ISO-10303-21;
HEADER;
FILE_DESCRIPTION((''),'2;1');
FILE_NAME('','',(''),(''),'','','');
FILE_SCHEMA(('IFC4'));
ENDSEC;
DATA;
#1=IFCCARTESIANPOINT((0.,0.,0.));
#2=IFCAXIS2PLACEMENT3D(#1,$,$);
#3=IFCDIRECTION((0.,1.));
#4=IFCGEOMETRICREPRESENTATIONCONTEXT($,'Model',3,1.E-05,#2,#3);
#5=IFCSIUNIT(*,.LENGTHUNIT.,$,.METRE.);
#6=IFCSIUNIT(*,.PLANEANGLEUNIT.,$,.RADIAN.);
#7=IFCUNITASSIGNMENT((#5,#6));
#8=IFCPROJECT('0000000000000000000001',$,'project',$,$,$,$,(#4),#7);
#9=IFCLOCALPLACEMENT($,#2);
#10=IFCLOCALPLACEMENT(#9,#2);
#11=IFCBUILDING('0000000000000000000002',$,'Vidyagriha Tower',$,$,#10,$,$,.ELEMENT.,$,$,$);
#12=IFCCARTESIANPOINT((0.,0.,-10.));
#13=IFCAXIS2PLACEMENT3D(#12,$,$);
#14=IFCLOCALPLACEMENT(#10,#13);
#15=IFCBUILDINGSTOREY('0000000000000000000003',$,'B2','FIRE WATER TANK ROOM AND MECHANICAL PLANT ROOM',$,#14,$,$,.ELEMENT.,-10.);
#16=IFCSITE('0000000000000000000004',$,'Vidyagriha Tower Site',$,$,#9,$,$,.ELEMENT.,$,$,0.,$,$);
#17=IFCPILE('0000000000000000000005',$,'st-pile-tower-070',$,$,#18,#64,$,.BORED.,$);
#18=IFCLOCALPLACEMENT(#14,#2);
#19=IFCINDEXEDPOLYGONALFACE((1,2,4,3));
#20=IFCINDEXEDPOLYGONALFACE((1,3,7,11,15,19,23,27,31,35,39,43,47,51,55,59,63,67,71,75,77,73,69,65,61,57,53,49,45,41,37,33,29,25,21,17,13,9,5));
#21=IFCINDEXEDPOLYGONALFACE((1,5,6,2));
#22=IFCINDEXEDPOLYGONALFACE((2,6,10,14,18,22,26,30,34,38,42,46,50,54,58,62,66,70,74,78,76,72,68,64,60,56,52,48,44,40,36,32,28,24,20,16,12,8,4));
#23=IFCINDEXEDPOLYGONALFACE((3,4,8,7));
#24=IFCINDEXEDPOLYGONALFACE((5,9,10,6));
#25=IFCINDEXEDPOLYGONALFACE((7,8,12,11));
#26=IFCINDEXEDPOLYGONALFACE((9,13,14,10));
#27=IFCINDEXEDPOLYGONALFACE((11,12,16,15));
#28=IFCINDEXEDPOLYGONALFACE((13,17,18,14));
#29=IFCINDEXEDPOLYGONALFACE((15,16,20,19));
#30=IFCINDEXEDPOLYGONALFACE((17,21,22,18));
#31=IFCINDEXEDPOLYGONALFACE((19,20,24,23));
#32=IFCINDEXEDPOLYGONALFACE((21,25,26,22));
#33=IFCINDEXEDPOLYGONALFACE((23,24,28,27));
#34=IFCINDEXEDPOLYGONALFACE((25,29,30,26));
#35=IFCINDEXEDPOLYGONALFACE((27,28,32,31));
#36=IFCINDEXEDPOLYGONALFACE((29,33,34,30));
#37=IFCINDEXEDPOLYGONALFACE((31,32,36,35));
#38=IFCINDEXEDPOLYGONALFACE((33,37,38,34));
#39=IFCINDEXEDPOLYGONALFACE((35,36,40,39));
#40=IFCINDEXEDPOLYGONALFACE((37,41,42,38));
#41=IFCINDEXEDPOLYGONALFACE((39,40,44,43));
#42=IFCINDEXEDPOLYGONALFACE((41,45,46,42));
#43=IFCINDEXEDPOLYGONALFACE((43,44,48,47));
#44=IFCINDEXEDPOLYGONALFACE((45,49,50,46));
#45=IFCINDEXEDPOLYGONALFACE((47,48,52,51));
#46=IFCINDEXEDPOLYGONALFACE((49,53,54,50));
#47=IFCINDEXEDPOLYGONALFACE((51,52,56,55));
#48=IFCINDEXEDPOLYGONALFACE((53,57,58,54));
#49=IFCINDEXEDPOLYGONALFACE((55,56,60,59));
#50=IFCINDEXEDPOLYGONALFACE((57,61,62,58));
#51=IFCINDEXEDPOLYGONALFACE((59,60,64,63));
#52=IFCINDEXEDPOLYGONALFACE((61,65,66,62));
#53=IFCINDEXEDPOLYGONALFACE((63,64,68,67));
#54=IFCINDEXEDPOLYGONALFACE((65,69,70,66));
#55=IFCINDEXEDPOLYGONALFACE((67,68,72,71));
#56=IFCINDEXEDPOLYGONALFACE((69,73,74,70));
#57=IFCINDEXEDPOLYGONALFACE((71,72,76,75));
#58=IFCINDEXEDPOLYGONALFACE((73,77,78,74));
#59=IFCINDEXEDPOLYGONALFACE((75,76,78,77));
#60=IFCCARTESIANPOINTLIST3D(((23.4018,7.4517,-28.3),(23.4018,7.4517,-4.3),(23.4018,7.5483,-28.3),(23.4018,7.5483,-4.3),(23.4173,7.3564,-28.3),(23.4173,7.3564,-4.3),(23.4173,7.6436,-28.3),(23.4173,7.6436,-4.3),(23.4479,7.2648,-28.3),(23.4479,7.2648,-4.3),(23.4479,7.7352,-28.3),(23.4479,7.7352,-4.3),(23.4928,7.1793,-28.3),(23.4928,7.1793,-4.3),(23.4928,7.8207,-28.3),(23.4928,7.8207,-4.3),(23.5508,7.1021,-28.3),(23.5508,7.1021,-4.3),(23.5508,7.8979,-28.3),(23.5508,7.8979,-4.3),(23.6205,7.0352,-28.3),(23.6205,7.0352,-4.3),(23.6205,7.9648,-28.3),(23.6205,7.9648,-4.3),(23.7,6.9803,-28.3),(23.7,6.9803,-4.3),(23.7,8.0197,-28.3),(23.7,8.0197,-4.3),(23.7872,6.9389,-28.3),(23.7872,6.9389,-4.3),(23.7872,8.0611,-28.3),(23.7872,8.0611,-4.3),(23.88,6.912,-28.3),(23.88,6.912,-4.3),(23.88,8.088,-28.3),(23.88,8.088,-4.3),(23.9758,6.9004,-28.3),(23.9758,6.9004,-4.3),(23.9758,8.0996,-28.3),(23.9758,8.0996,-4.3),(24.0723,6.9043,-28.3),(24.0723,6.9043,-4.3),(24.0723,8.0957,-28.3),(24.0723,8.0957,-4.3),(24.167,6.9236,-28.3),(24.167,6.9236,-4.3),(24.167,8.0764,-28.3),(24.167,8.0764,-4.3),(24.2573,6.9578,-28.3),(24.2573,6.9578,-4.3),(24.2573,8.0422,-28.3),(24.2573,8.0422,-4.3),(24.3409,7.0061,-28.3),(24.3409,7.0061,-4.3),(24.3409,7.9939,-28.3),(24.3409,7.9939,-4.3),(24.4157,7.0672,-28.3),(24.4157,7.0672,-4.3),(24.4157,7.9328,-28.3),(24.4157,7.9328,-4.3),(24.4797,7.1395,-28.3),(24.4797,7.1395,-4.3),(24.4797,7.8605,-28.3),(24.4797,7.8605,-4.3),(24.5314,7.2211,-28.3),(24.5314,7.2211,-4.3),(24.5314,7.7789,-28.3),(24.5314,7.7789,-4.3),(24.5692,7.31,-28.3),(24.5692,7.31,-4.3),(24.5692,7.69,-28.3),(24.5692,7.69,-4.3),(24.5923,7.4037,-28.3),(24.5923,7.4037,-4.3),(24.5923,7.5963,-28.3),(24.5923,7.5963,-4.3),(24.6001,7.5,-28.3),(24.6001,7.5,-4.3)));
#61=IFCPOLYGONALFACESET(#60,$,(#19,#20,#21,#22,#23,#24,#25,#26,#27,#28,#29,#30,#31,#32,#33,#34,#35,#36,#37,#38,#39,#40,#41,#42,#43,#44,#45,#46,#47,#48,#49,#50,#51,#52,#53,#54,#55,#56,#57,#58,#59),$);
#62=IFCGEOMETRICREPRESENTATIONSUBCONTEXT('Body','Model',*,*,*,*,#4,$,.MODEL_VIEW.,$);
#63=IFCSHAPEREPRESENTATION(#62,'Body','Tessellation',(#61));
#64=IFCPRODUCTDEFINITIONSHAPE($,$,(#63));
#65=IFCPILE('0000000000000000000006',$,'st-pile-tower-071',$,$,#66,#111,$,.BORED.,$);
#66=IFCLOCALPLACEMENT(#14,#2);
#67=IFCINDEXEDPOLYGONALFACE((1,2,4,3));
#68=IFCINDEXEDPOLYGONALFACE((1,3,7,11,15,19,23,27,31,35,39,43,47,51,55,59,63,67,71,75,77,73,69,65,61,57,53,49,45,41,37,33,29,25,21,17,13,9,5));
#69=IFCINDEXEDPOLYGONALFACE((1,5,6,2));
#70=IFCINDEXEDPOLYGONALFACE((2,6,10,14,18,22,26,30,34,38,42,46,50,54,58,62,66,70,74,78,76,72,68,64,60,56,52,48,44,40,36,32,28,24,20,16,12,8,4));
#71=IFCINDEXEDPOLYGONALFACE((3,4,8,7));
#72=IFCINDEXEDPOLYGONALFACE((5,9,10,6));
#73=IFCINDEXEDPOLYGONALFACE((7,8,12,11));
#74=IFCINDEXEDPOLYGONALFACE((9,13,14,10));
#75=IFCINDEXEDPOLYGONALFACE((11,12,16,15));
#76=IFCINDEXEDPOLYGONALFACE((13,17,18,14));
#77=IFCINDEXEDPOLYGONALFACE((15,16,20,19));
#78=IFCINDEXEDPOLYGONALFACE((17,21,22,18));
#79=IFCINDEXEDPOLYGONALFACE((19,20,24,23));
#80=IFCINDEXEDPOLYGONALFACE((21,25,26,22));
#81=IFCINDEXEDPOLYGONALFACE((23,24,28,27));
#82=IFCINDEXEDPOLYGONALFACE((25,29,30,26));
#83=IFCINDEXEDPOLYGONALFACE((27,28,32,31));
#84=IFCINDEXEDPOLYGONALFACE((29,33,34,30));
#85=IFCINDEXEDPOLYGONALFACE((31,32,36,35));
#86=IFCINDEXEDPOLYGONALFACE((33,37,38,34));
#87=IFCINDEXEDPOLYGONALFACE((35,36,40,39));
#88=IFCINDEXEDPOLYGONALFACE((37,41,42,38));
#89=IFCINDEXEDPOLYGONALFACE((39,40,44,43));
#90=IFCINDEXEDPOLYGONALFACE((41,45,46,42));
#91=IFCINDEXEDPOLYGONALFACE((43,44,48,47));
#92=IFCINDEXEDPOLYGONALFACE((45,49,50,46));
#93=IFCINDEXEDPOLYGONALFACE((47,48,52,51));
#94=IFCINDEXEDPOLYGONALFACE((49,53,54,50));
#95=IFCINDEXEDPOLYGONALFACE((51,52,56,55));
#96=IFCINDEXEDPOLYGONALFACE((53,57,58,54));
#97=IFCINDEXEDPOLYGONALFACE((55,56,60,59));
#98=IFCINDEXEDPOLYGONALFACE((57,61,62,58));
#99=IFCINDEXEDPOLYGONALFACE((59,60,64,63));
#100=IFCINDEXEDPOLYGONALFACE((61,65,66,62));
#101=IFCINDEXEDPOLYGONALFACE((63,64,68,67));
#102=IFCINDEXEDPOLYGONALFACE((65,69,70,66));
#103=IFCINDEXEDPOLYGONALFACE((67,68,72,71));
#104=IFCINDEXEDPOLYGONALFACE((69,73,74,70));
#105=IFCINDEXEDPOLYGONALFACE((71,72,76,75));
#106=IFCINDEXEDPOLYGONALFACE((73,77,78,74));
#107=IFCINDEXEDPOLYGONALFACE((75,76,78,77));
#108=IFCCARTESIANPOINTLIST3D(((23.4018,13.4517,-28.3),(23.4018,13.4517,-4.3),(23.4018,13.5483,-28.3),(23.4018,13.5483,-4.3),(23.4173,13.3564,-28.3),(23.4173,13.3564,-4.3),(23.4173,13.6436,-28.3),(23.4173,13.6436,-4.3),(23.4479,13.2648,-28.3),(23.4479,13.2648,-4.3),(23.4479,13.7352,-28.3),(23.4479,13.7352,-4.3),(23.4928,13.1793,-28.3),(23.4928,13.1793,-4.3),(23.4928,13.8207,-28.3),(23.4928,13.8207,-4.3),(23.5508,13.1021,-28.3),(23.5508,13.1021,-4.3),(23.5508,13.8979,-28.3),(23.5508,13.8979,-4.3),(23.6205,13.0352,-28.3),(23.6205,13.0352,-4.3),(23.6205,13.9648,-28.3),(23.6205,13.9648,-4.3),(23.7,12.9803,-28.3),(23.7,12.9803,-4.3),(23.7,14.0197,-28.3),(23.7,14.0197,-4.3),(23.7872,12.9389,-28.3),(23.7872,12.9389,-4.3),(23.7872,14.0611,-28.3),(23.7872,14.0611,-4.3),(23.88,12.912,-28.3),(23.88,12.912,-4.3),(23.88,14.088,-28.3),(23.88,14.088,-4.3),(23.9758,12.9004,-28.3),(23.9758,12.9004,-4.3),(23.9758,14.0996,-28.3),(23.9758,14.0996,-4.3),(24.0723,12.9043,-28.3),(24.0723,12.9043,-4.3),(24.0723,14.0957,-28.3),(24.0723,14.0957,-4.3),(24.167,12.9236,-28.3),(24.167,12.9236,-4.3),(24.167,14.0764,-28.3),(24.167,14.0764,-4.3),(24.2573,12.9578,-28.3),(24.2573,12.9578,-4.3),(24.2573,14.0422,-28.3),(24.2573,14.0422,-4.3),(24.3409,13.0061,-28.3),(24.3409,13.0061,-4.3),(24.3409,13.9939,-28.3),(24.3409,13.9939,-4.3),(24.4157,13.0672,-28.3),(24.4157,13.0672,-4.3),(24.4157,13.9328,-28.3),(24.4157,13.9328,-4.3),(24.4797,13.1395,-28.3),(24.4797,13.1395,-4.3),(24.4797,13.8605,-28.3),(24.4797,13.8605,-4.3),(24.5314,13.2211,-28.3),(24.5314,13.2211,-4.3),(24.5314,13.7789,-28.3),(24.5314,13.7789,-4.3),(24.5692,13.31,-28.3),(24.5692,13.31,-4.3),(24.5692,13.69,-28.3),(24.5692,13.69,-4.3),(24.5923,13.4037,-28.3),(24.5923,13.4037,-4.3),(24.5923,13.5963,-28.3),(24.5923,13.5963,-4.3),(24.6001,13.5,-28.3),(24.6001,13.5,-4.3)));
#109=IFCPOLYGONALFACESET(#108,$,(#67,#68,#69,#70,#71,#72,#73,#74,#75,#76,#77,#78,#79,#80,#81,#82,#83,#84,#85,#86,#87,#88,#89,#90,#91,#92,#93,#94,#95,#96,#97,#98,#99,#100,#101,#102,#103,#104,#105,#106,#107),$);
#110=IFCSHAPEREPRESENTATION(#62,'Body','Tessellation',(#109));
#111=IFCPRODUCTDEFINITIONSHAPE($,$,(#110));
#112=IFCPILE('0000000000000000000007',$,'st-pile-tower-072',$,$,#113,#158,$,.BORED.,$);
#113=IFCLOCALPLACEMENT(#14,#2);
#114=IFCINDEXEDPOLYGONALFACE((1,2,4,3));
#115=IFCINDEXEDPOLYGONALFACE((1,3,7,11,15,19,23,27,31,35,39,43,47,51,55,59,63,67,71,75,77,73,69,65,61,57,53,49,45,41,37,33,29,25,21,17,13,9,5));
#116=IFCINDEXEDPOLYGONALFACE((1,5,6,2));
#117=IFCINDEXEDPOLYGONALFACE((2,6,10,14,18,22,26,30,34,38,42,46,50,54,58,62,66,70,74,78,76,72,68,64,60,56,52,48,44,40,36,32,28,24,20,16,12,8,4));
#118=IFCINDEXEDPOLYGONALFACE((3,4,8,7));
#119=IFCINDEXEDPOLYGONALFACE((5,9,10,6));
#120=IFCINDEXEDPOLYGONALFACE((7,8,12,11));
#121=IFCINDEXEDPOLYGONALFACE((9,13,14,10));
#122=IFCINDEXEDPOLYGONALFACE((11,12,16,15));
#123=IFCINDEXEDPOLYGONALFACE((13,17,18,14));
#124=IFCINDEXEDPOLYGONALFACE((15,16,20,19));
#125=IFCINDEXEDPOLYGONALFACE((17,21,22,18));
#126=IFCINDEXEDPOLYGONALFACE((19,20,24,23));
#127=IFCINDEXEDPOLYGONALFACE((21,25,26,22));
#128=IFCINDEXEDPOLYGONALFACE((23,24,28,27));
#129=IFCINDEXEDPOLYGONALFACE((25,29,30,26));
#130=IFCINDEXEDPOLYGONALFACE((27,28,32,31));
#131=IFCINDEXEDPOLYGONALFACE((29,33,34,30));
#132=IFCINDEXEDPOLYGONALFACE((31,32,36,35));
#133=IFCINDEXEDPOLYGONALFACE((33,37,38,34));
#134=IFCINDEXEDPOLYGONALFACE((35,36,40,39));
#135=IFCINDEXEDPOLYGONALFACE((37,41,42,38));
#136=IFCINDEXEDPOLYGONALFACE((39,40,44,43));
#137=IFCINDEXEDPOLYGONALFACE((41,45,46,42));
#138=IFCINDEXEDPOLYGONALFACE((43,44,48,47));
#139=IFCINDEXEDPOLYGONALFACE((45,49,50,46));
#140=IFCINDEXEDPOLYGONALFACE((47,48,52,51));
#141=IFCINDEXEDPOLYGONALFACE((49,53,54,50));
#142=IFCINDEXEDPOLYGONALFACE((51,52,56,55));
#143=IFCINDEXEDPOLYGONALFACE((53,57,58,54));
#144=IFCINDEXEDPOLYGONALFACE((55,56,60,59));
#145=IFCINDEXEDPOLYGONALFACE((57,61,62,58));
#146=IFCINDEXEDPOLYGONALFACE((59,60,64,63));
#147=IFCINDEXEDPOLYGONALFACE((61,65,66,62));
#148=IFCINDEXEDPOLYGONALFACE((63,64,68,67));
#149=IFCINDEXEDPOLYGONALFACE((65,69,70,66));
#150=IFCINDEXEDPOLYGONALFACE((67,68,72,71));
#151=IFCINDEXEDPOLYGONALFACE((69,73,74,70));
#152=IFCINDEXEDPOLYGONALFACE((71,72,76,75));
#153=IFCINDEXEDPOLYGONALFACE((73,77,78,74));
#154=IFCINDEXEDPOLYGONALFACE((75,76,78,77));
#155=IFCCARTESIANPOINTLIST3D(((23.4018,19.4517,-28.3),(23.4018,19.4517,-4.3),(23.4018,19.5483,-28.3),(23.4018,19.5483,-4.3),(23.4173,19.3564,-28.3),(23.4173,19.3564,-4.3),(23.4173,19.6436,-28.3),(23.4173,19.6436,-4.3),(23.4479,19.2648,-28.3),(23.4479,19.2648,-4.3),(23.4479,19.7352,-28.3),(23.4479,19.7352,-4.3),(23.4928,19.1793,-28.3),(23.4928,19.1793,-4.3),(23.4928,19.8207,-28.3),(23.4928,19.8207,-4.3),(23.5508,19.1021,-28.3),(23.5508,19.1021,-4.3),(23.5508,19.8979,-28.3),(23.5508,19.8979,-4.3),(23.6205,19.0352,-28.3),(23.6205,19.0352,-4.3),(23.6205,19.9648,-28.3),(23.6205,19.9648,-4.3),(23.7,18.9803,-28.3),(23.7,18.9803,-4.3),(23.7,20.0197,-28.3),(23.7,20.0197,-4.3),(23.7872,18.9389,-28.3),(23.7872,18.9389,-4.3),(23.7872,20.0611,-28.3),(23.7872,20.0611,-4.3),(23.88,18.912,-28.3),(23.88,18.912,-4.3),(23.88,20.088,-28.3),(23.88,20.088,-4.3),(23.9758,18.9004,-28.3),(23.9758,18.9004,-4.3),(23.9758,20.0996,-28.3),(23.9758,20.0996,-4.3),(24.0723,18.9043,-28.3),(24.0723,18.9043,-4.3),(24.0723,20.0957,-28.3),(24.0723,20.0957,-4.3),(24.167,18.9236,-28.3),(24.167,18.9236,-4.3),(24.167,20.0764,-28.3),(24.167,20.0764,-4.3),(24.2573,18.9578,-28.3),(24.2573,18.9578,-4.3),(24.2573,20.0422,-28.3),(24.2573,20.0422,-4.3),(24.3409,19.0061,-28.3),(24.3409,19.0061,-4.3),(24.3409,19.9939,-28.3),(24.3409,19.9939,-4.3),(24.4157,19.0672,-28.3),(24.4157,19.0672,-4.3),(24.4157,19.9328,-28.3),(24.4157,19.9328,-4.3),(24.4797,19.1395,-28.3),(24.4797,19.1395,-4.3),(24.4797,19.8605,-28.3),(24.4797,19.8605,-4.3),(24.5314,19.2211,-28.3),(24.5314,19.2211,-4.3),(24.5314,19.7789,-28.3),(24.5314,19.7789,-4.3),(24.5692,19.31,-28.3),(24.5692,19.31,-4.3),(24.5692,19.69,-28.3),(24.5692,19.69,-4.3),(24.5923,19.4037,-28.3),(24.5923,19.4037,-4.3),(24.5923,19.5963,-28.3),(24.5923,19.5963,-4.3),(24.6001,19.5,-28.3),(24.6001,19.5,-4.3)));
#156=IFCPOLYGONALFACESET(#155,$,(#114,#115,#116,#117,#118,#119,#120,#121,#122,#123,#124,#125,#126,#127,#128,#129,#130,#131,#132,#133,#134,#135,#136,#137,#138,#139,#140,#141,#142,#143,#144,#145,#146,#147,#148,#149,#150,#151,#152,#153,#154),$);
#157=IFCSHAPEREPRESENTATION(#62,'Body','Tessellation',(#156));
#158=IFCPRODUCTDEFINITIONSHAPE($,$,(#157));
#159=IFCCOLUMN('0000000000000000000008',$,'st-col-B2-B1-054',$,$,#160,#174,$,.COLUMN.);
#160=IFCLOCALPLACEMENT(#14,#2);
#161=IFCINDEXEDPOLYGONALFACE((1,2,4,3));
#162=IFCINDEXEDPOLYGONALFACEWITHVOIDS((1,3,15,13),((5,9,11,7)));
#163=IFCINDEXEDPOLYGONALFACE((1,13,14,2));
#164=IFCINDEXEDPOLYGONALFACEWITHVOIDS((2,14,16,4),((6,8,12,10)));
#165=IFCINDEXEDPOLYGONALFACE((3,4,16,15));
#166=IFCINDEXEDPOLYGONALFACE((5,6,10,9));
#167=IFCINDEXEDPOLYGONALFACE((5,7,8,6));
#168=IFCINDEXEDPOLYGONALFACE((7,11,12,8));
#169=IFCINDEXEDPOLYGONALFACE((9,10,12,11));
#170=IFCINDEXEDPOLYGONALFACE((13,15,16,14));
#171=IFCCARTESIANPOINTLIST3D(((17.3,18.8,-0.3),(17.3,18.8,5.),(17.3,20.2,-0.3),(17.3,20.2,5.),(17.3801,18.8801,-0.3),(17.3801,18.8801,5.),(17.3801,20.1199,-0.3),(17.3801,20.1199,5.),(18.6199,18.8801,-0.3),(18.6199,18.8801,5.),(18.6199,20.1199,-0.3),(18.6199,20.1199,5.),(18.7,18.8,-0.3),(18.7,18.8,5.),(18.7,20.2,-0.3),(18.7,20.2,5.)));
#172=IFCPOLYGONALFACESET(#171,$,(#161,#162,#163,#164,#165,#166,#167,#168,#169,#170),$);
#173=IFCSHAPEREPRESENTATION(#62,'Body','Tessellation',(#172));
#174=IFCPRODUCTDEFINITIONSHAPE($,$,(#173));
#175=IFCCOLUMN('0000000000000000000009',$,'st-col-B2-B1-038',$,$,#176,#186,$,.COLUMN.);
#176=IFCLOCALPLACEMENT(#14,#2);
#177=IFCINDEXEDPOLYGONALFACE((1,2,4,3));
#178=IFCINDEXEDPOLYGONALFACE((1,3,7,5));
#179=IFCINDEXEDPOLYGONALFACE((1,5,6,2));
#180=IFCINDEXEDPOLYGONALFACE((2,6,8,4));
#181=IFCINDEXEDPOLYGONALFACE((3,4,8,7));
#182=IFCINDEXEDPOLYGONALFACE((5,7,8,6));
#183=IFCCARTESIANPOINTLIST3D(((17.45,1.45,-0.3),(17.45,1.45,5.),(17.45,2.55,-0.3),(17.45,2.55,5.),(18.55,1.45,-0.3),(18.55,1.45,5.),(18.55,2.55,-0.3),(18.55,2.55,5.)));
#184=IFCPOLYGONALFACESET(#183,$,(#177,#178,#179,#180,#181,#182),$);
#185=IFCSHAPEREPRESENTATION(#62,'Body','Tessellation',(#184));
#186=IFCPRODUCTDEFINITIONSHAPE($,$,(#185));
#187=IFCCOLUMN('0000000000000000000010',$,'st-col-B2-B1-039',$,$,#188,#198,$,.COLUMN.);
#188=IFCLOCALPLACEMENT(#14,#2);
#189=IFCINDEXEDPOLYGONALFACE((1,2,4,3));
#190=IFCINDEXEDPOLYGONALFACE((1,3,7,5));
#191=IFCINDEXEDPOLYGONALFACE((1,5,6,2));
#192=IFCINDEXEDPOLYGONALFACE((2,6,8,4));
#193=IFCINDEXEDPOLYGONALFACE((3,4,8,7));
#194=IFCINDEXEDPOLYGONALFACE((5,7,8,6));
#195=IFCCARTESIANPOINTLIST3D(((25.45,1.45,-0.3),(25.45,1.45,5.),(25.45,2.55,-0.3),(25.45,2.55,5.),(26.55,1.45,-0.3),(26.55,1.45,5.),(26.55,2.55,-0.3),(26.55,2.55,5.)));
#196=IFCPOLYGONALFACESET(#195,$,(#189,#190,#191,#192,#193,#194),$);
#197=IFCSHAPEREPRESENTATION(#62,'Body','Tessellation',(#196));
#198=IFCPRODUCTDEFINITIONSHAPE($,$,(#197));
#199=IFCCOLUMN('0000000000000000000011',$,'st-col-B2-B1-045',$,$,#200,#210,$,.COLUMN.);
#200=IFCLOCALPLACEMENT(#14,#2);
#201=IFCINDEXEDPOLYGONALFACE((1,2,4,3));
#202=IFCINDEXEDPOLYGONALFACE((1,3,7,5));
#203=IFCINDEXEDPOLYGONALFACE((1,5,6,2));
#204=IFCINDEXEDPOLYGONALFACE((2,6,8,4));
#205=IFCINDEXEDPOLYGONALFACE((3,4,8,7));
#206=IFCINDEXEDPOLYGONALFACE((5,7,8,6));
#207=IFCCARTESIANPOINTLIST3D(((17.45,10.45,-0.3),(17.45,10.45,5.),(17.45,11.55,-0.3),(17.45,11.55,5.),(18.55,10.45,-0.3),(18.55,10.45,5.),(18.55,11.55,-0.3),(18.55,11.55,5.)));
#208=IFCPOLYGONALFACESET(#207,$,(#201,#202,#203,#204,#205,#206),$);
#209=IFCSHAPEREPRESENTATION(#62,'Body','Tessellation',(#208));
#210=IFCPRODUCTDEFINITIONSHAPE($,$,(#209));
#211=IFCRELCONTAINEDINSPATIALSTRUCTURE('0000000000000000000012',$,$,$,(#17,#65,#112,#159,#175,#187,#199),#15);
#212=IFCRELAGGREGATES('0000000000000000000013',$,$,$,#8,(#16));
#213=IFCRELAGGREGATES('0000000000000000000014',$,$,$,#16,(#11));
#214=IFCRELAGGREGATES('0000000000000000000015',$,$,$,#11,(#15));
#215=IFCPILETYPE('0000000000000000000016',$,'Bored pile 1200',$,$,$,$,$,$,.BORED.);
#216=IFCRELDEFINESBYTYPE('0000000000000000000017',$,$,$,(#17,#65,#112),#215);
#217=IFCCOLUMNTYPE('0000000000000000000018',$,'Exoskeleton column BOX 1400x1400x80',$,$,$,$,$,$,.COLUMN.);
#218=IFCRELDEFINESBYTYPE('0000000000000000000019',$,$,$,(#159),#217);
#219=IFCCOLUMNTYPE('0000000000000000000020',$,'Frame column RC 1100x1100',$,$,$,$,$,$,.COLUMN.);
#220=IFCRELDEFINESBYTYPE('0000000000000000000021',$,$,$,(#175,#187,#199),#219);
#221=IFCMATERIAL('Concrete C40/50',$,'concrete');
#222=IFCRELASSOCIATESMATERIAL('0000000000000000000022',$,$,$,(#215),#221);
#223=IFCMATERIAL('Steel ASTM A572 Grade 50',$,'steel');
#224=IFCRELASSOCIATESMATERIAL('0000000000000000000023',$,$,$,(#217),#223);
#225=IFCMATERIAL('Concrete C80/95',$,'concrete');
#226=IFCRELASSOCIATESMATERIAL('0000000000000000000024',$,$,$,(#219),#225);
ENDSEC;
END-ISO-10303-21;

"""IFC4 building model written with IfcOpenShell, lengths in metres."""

from ifc_helpers import new_model, si_unit, direction, frame, origin, origin_2d, place, context, subcontext, project, spatial, rectangle, hollow_rectangle, circle, extrude, material, material_profile, profile_set, type_object, element, save


model = new_model("IFC4")

# Units and contexts
model_context = context("Model", 3, precision=1e-05, world=origin(), true_north=direction((0.0, 1.0)))
body_context = subcontext(model_context, "Body", "Model", "MODEL_VIEW")
ifc_project = project(units=[si_unit("LENGTHUNIT", "METRE"), si_unit("PLANEANGLEUNIT", "RADIAN")], contexts=[model_context])

# Site, building, storey
site_placement = place(None, origin())
site = spatial("IfcSite", under=ifc_project, at=site_placement, Name="Vidyagriha Tower Site", CompositionType="ELEMENT", RefElevation=0.0)
building_placement = place(site_placement, origin())
building = spatial("IfcBuilding", under=site, at=building_placement, Name="Vidyagriha Tower", CompositionType="ELEMENT")
storey_placement = place(building_placement, frame((0.0, 0.0, -10.0)))
storey = spatial("IfcBuildingStorey", under=building, at=storey_placement, Name="B2", Description="FIRE WATER TANK ROOM AND MECHANICAL PLANT ROOM", CompositionType="ELEMENT", Elevation=-10.0)

# Piles
ifc_material_1 = material(Name="Concrete C40/50", Category="concrete")
ifc_material_profile_1 = material_profile(ifc_material_1, circle(Radius=0.6001, at=origin_2d()), Name="Bored pile 1200")
ifc_profile_set_1 = profile_set([ifc_material_profile_1], Name="Concrete C40/50")
pile_type = type_object("IfcPileType", Name="Bored pile 1200", PredefinedType="BORED", material=ifc_profile_set_1)
for number, where, z_axis, x_axis, name in (
    (1, (24.0, 7.5, -4.3), (0.0, 0.0, -1.0), (1.0, 0.0, 0.0), "st-pile-tower-070"),
    (2, (24.0, 13.5, -4.3), (0.0, 0.0, -1.0), (1.0, 0.0, 0.0), "st-pile-tower-071"),
    (3, (24.0, 19.5, -4.3), (0.0, 0.0, -1.0), (1.0, 0.0, 0.0), "st-pile-tower-072"),
):
    element("IfcPile", number, at=place(storey_placement, frame(where, z_axis=z_axis, x_axis=x_axis)), inside=storey, type_object=pile_type, Name=name, PredefinedType="BORED", context=body_context, shape_type="SweptSolid", body=[
        extrude(circle(Radius=0.6001, at=origin_2d()), origin(), (0.0, 0.0, 1.0), 24.0),
    ])

# Columns
ifc_material_2 = material(Name="Steel ASTM A572 Grade 50", Category="steel")
ifc_material_profile_2 = material_profile(ifc_material_2, hollow_rectangle(XDim=1.3999, YDim=1.3999, WallThickness=0.0801, at=origin_2d()), Name="BOX 1400x1400x80")
ifc_profile_set_2 = profile_set([ifc_material_profile_2], Name="Steel ASTM A572 Grade 50")
column_type_1 = type_object("IfcColumnType", Name="Exoskeleton column BOX 1400x1400x80", PredefinedType="COLUMN", material=ifc_profile_set_2)
column_placement = place(storey_placement, frame((18.0, 19.5, -0.3)))
element("IfcColumn", 4, at=column_placement, inside=storey, type_object=column_type_1, Name="st-col-B2-B1-054", PredefinedType="COLUMN", context=body_context, shape_type="SweptSolid", body=[
    extrude(hollow_rectangle(XDim=1.3999, YDim=1.3999, WallThickness=0.0801, at=origin_2d()), origin(), (0.0, 0.0, 1.0), 5.3),
])
ifc_material_3 = material(Name="Concrete C80/95", Category="concrete")
ifc_material_profile_3 = material_profile(ifc_material_3, rectangle(XDim=1.1001, YDim=1.1001, at=origin_2d()), Name="RC 1100x1100")
ifc_profile_set_3 = profile_set([ifc_material_profile_3], Name="Concrete C80/95")
column_type_2 = type_object("IfcColumnType", Name="Frame column RC 1100x1100", PredefinedType="COLUMN", material=ifc_profile_set_3)
for number, where, name in (
    (5, (18.0, 2.0, -0.3), "st-col-B2-B1-038"),
    (6, (26.0, 2.0, -0.3), "st-col-B2-B1-039"),
    (7, (18.0, 11.0, -0.3), "st-col-B2-B1-045"),
):
    element("IfcColumn", number, at=place(storey_placement, frame(where)), inside=storey, type_object=column_type_2, Name=name, PredefinedType="COLUMN", context=body_context, shape_type="SweptSolid", body=[
        extrude(rectangle(XDim=1.1001, YDim=1.1001, at=origin_2d()), origin(), (0.0, 0.0, 1.0), 5.3),
    ])

save(model, "model.ifc")
